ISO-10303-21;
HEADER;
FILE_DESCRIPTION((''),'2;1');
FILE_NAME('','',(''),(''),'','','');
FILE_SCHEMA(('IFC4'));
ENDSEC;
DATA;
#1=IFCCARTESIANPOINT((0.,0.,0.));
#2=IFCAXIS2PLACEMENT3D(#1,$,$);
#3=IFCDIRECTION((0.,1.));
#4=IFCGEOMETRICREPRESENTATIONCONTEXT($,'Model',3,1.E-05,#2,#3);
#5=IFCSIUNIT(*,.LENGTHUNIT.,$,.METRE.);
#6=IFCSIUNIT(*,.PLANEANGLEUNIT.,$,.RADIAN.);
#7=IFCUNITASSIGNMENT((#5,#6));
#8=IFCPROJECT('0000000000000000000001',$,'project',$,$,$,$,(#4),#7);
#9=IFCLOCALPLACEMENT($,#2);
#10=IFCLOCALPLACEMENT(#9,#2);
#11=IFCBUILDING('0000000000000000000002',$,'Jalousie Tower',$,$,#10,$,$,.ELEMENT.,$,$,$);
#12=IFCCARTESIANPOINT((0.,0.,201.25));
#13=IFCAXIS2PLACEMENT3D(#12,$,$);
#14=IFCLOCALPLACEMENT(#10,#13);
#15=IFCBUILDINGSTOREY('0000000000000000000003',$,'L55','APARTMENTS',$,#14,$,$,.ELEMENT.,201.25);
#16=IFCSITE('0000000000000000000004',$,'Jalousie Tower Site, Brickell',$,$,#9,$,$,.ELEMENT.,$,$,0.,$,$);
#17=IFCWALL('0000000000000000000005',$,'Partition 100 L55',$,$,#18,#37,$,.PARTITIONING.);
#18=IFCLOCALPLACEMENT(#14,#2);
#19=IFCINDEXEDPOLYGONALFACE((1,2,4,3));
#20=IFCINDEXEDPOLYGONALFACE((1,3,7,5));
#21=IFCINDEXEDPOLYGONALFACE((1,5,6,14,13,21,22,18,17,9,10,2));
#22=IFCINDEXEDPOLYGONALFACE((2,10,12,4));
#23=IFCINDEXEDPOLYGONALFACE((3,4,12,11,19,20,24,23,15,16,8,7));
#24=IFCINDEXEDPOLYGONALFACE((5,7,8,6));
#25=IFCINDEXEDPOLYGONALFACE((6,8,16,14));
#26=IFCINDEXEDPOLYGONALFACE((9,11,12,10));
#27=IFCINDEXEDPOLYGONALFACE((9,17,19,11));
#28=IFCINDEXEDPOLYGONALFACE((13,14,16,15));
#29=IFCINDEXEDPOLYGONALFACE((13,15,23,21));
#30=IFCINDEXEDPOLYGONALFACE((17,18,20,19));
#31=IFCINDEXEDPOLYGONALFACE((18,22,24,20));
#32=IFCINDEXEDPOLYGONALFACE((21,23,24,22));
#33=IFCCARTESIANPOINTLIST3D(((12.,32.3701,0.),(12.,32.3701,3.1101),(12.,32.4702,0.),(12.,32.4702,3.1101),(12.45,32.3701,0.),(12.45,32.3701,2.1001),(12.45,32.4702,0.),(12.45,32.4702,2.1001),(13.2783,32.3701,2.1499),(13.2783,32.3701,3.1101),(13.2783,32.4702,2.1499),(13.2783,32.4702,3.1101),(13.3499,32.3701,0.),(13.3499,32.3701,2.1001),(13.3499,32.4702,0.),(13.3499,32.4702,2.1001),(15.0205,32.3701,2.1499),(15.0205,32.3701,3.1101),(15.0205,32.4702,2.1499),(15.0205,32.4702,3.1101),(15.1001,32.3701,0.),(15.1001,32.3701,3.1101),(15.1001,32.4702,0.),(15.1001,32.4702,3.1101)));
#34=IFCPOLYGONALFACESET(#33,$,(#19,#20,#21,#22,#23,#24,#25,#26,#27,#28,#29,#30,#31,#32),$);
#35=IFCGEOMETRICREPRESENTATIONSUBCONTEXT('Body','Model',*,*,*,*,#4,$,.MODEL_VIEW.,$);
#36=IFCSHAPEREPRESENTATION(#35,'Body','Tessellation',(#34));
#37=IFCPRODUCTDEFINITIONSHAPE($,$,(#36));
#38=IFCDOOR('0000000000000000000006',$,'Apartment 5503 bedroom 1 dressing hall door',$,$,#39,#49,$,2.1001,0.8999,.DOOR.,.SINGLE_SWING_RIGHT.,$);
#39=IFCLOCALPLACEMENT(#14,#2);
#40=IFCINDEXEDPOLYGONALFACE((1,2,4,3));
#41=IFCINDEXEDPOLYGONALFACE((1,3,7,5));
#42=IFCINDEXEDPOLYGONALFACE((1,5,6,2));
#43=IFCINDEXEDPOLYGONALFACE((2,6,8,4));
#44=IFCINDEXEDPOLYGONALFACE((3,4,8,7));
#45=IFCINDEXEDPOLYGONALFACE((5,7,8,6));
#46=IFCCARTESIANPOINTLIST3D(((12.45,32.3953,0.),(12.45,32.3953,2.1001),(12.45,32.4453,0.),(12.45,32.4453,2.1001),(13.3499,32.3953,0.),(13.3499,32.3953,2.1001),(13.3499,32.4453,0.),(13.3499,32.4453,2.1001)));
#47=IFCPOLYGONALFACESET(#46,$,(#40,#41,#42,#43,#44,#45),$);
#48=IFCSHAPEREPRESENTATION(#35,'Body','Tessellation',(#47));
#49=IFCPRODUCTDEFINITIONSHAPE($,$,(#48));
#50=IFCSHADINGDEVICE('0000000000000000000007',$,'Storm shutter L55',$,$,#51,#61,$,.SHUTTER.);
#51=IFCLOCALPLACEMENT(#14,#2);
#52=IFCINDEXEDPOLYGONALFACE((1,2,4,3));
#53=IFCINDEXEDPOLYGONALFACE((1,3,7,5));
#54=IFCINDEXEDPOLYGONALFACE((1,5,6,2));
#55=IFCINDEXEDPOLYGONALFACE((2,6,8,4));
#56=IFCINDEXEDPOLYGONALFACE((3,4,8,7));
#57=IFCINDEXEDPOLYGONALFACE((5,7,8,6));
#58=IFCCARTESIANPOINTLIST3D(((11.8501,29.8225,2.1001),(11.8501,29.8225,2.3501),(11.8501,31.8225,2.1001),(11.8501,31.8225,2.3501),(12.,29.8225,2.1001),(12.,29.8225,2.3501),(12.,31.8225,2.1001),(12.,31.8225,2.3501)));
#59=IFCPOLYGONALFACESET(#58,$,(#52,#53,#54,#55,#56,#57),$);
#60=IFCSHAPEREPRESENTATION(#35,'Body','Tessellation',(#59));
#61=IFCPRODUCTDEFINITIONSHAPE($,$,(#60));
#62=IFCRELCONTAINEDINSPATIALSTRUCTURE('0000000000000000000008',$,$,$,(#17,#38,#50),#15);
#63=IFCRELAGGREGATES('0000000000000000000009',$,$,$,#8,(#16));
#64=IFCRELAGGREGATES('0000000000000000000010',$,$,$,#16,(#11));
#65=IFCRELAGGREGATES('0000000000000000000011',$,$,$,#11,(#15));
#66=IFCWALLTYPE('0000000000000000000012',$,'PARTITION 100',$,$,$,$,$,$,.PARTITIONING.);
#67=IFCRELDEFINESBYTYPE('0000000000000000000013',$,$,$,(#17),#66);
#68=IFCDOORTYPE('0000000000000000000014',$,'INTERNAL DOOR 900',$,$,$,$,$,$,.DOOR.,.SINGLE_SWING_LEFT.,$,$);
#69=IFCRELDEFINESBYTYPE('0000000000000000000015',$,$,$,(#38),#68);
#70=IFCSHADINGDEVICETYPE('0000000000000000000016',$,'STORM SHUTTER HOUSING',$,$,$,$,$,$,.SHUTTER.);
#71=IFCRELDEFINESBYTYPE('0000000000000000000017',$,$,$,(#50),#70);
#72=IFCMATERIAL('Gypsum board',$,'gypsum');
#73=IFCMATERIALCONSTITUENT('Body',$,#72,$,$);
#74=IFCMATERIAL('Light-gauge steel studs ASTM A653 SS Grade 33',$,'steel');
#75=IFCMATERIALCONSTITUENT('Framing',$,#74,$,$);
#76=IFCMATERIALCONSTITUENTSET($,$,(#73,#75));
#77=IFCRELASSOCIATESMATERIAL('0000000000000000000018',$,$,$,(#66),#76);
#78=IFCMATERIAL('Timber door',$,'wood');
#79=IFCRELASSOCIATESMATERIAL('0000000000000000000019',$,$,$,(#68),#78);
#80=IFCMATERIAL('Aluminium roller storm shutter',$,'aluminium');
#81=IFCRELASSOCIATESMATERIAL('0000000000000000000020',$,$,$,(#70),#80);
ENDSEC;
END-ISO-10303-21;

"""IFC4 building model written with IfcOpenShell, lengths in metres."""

from ifc_helpers import new_model, si_unit, direction, frame, frame_2d, origin, origin_2d, place, context, subcontext, project, spatial, polyline, rectangle, outline, extrude, material, constituent, constituent_set, type_object, element, fill, save


model = new_model("IFC4")

# Units and contexts
model_context = context("Model", 3, precision=1e-05, world=origin(), true_north=direction((0.0, 1.0)))
body_context = subcontext(model_context, "Body", "Model", "MODEL_VIEW")
ifc_project = project(units=[si_unit("LENGTHUNIT", "METRE"), si_unit("PLANEANGLEUNIT", "RADIAN")], contexts=[model_context])

# Site, building, storey
site_placement = place(None, origin())
site = spatial("IfcSite", under=ifc_project, at=site_placement, Name="Jalousie Tower Site, Brickell", CompositionType="ELEMENT", RefElevation=0.0)
building_placement = place(site_placement, origin())
building = spatial("IfcBuilding", under=site, at=building_placement, Name="Jalousie Tower", CompositionType="ELEMENT")
storey_placement = place(building_placement, frame((0.0, 0.0, 201.25)))
storey = spatial("IfcBuildingStorey", under=building, at=storey_placement, Name="L55", Description="APARTMENTS", CompositionType="ELEMENT", Elevation=201.25)

# Wall, opening, door
ifc_material_1 = material(Name="Gypsum board", Category="gypsum")
ifc_constituent_1 = constituent(ifc_material_1, Name="Body")
ifc_material_2 = material(Name="Light-gauge steel studs ASTM A653 SS Grade 33", Category="steel")
ifc_constituent_2 = constituent(ifc_material_2, Name="Framing")
ifc_constituent_set_1 = constituent_set(constituents=[ifc_constituent_1, ifc_constituent_2])
wall_type_1 = type_object("IfcWallType", Name="PARTITION 100", PredefinedType="PARTITIONING", material=ifc_constituent_set_1)
wall_1_placement = place(storey_placement, frame((12.0, 32.4202, 0.0), z_axis=(0.0, 0.0, 1.0), x_axis=(1.0, 0.0, 0.0)))
wall_1 = element("IfcWall", 1, at=wall_1_placement, inside=storey, type_object=wall_type_1, Name="Partition 100 L55", PredefinedType="PARTITIONING", context=body_context, shape_type="SweptSolid", body=[
    extrude(outline(polyline([(0.0, 0.0), (3.1001, 0.0), (3.1001, 3.1101), (3.0205, 3.1101), (3.0205, 2.1499), (1.2783, 2.1499), (1.2783, 3.1101), (0.0, 3.1101), (0.0, 0.0)])), frame((0.0, 0.05, 0.0), z_axis=(0.0, -1.0, 0.0), x_axis=(1.0, 0.0, 0.0)), (0.0, 0.0, 1.0), 0.1001),
])
opening_1_placement = place(wall_1_placement, frame((0.45, 0.0, 0.0)))
opening_1 = element("IfcOpeningElement", 2, at=opening_1_placement, cuts=wall_1, PredefinedType="OPENING", context=body_context, shape_type="SweptSolid", body=[
    extrude(rectangle(XDim=0.8999, YDim=2.1001, at=frame_2d((0.45, 1.05))), frame((0.0, 0.0601, 0.0), z_axis=(0.0, -1.0, 0.0), x_axis=(1.0, 0.0, 0.0)), (0.0, 0.0, 1.0), 0.1201),
])
ifc_material_3 = material(Name="Timber door", Category="wood")
door_type_1 = type_object("IfcDoorType", Name="INTERNAL DOOR 900", OperationType="SINGLE_SWING_LEFT", PredefinedType="DOOR", material=ifc_material_3)
door_1_placement = place(opening_1_placement, frame((0.8999, 0.0, 0.0), z_axis=(0.0, 0.0, 1.0), x_axis=(-1.0, 0.0, 0.0)))
door_1 = element("IfcDoor", 3, at=door_1_placement, inside=storey, type_object=door_type_1, Name="Apartment 5503 bedroom 1 dressing hall door", OperationType="SINGLE_SWING_RIGHT", OverallHeight=2.1001, OverallWidth=0.8999, PredefinedType="DOOR", context=body_context, shape_type="SweptSolid", body=[
    extrude(rectangle(XDim=0.8999, YDim=2.1001, at=frame_2d((0.45, 1.05))), frame((0.0, 0.0249, 0.0), z_axis=(0.0, -1.0, 0.0), x_axis=(1.0, 0.0, 0.0)), (0.0, 0.0, 1.0), 0.05),
])
fill(opening_1, door_1)

# Shading device
ifc_material_4 = material(Name="Aluminium roller storm shutter", Category="aluminium")
shading_device_type = type_object("IfcShadingDeviceType", Name="STORM SHUTTER HOUSING", PredefinedType="SHUTTER", material=ifc_material_4)
shading_device_placement = place(storey_placement, frame((11.925, 30.8225, 2.1001), z_axis=(0.0, 0.0, 1.0), x_axis=(0.0, -1.0, 0.0)))
element("IfcShadingDevice", 4, at=shading_device_placement, inside=storey, type_object=shading_device_type, Name="Storm shutter L55", PredefinedType="SHUTTER", context=body_context, shape_type="SweptSolid", body=[
    extrude(rectangle(XDim=2.0, YDim=0.1499, at=origin_2d()), origin(), (0.0, 0.0, 1.0), 0.25),
])

save(model, "model.ifc")
